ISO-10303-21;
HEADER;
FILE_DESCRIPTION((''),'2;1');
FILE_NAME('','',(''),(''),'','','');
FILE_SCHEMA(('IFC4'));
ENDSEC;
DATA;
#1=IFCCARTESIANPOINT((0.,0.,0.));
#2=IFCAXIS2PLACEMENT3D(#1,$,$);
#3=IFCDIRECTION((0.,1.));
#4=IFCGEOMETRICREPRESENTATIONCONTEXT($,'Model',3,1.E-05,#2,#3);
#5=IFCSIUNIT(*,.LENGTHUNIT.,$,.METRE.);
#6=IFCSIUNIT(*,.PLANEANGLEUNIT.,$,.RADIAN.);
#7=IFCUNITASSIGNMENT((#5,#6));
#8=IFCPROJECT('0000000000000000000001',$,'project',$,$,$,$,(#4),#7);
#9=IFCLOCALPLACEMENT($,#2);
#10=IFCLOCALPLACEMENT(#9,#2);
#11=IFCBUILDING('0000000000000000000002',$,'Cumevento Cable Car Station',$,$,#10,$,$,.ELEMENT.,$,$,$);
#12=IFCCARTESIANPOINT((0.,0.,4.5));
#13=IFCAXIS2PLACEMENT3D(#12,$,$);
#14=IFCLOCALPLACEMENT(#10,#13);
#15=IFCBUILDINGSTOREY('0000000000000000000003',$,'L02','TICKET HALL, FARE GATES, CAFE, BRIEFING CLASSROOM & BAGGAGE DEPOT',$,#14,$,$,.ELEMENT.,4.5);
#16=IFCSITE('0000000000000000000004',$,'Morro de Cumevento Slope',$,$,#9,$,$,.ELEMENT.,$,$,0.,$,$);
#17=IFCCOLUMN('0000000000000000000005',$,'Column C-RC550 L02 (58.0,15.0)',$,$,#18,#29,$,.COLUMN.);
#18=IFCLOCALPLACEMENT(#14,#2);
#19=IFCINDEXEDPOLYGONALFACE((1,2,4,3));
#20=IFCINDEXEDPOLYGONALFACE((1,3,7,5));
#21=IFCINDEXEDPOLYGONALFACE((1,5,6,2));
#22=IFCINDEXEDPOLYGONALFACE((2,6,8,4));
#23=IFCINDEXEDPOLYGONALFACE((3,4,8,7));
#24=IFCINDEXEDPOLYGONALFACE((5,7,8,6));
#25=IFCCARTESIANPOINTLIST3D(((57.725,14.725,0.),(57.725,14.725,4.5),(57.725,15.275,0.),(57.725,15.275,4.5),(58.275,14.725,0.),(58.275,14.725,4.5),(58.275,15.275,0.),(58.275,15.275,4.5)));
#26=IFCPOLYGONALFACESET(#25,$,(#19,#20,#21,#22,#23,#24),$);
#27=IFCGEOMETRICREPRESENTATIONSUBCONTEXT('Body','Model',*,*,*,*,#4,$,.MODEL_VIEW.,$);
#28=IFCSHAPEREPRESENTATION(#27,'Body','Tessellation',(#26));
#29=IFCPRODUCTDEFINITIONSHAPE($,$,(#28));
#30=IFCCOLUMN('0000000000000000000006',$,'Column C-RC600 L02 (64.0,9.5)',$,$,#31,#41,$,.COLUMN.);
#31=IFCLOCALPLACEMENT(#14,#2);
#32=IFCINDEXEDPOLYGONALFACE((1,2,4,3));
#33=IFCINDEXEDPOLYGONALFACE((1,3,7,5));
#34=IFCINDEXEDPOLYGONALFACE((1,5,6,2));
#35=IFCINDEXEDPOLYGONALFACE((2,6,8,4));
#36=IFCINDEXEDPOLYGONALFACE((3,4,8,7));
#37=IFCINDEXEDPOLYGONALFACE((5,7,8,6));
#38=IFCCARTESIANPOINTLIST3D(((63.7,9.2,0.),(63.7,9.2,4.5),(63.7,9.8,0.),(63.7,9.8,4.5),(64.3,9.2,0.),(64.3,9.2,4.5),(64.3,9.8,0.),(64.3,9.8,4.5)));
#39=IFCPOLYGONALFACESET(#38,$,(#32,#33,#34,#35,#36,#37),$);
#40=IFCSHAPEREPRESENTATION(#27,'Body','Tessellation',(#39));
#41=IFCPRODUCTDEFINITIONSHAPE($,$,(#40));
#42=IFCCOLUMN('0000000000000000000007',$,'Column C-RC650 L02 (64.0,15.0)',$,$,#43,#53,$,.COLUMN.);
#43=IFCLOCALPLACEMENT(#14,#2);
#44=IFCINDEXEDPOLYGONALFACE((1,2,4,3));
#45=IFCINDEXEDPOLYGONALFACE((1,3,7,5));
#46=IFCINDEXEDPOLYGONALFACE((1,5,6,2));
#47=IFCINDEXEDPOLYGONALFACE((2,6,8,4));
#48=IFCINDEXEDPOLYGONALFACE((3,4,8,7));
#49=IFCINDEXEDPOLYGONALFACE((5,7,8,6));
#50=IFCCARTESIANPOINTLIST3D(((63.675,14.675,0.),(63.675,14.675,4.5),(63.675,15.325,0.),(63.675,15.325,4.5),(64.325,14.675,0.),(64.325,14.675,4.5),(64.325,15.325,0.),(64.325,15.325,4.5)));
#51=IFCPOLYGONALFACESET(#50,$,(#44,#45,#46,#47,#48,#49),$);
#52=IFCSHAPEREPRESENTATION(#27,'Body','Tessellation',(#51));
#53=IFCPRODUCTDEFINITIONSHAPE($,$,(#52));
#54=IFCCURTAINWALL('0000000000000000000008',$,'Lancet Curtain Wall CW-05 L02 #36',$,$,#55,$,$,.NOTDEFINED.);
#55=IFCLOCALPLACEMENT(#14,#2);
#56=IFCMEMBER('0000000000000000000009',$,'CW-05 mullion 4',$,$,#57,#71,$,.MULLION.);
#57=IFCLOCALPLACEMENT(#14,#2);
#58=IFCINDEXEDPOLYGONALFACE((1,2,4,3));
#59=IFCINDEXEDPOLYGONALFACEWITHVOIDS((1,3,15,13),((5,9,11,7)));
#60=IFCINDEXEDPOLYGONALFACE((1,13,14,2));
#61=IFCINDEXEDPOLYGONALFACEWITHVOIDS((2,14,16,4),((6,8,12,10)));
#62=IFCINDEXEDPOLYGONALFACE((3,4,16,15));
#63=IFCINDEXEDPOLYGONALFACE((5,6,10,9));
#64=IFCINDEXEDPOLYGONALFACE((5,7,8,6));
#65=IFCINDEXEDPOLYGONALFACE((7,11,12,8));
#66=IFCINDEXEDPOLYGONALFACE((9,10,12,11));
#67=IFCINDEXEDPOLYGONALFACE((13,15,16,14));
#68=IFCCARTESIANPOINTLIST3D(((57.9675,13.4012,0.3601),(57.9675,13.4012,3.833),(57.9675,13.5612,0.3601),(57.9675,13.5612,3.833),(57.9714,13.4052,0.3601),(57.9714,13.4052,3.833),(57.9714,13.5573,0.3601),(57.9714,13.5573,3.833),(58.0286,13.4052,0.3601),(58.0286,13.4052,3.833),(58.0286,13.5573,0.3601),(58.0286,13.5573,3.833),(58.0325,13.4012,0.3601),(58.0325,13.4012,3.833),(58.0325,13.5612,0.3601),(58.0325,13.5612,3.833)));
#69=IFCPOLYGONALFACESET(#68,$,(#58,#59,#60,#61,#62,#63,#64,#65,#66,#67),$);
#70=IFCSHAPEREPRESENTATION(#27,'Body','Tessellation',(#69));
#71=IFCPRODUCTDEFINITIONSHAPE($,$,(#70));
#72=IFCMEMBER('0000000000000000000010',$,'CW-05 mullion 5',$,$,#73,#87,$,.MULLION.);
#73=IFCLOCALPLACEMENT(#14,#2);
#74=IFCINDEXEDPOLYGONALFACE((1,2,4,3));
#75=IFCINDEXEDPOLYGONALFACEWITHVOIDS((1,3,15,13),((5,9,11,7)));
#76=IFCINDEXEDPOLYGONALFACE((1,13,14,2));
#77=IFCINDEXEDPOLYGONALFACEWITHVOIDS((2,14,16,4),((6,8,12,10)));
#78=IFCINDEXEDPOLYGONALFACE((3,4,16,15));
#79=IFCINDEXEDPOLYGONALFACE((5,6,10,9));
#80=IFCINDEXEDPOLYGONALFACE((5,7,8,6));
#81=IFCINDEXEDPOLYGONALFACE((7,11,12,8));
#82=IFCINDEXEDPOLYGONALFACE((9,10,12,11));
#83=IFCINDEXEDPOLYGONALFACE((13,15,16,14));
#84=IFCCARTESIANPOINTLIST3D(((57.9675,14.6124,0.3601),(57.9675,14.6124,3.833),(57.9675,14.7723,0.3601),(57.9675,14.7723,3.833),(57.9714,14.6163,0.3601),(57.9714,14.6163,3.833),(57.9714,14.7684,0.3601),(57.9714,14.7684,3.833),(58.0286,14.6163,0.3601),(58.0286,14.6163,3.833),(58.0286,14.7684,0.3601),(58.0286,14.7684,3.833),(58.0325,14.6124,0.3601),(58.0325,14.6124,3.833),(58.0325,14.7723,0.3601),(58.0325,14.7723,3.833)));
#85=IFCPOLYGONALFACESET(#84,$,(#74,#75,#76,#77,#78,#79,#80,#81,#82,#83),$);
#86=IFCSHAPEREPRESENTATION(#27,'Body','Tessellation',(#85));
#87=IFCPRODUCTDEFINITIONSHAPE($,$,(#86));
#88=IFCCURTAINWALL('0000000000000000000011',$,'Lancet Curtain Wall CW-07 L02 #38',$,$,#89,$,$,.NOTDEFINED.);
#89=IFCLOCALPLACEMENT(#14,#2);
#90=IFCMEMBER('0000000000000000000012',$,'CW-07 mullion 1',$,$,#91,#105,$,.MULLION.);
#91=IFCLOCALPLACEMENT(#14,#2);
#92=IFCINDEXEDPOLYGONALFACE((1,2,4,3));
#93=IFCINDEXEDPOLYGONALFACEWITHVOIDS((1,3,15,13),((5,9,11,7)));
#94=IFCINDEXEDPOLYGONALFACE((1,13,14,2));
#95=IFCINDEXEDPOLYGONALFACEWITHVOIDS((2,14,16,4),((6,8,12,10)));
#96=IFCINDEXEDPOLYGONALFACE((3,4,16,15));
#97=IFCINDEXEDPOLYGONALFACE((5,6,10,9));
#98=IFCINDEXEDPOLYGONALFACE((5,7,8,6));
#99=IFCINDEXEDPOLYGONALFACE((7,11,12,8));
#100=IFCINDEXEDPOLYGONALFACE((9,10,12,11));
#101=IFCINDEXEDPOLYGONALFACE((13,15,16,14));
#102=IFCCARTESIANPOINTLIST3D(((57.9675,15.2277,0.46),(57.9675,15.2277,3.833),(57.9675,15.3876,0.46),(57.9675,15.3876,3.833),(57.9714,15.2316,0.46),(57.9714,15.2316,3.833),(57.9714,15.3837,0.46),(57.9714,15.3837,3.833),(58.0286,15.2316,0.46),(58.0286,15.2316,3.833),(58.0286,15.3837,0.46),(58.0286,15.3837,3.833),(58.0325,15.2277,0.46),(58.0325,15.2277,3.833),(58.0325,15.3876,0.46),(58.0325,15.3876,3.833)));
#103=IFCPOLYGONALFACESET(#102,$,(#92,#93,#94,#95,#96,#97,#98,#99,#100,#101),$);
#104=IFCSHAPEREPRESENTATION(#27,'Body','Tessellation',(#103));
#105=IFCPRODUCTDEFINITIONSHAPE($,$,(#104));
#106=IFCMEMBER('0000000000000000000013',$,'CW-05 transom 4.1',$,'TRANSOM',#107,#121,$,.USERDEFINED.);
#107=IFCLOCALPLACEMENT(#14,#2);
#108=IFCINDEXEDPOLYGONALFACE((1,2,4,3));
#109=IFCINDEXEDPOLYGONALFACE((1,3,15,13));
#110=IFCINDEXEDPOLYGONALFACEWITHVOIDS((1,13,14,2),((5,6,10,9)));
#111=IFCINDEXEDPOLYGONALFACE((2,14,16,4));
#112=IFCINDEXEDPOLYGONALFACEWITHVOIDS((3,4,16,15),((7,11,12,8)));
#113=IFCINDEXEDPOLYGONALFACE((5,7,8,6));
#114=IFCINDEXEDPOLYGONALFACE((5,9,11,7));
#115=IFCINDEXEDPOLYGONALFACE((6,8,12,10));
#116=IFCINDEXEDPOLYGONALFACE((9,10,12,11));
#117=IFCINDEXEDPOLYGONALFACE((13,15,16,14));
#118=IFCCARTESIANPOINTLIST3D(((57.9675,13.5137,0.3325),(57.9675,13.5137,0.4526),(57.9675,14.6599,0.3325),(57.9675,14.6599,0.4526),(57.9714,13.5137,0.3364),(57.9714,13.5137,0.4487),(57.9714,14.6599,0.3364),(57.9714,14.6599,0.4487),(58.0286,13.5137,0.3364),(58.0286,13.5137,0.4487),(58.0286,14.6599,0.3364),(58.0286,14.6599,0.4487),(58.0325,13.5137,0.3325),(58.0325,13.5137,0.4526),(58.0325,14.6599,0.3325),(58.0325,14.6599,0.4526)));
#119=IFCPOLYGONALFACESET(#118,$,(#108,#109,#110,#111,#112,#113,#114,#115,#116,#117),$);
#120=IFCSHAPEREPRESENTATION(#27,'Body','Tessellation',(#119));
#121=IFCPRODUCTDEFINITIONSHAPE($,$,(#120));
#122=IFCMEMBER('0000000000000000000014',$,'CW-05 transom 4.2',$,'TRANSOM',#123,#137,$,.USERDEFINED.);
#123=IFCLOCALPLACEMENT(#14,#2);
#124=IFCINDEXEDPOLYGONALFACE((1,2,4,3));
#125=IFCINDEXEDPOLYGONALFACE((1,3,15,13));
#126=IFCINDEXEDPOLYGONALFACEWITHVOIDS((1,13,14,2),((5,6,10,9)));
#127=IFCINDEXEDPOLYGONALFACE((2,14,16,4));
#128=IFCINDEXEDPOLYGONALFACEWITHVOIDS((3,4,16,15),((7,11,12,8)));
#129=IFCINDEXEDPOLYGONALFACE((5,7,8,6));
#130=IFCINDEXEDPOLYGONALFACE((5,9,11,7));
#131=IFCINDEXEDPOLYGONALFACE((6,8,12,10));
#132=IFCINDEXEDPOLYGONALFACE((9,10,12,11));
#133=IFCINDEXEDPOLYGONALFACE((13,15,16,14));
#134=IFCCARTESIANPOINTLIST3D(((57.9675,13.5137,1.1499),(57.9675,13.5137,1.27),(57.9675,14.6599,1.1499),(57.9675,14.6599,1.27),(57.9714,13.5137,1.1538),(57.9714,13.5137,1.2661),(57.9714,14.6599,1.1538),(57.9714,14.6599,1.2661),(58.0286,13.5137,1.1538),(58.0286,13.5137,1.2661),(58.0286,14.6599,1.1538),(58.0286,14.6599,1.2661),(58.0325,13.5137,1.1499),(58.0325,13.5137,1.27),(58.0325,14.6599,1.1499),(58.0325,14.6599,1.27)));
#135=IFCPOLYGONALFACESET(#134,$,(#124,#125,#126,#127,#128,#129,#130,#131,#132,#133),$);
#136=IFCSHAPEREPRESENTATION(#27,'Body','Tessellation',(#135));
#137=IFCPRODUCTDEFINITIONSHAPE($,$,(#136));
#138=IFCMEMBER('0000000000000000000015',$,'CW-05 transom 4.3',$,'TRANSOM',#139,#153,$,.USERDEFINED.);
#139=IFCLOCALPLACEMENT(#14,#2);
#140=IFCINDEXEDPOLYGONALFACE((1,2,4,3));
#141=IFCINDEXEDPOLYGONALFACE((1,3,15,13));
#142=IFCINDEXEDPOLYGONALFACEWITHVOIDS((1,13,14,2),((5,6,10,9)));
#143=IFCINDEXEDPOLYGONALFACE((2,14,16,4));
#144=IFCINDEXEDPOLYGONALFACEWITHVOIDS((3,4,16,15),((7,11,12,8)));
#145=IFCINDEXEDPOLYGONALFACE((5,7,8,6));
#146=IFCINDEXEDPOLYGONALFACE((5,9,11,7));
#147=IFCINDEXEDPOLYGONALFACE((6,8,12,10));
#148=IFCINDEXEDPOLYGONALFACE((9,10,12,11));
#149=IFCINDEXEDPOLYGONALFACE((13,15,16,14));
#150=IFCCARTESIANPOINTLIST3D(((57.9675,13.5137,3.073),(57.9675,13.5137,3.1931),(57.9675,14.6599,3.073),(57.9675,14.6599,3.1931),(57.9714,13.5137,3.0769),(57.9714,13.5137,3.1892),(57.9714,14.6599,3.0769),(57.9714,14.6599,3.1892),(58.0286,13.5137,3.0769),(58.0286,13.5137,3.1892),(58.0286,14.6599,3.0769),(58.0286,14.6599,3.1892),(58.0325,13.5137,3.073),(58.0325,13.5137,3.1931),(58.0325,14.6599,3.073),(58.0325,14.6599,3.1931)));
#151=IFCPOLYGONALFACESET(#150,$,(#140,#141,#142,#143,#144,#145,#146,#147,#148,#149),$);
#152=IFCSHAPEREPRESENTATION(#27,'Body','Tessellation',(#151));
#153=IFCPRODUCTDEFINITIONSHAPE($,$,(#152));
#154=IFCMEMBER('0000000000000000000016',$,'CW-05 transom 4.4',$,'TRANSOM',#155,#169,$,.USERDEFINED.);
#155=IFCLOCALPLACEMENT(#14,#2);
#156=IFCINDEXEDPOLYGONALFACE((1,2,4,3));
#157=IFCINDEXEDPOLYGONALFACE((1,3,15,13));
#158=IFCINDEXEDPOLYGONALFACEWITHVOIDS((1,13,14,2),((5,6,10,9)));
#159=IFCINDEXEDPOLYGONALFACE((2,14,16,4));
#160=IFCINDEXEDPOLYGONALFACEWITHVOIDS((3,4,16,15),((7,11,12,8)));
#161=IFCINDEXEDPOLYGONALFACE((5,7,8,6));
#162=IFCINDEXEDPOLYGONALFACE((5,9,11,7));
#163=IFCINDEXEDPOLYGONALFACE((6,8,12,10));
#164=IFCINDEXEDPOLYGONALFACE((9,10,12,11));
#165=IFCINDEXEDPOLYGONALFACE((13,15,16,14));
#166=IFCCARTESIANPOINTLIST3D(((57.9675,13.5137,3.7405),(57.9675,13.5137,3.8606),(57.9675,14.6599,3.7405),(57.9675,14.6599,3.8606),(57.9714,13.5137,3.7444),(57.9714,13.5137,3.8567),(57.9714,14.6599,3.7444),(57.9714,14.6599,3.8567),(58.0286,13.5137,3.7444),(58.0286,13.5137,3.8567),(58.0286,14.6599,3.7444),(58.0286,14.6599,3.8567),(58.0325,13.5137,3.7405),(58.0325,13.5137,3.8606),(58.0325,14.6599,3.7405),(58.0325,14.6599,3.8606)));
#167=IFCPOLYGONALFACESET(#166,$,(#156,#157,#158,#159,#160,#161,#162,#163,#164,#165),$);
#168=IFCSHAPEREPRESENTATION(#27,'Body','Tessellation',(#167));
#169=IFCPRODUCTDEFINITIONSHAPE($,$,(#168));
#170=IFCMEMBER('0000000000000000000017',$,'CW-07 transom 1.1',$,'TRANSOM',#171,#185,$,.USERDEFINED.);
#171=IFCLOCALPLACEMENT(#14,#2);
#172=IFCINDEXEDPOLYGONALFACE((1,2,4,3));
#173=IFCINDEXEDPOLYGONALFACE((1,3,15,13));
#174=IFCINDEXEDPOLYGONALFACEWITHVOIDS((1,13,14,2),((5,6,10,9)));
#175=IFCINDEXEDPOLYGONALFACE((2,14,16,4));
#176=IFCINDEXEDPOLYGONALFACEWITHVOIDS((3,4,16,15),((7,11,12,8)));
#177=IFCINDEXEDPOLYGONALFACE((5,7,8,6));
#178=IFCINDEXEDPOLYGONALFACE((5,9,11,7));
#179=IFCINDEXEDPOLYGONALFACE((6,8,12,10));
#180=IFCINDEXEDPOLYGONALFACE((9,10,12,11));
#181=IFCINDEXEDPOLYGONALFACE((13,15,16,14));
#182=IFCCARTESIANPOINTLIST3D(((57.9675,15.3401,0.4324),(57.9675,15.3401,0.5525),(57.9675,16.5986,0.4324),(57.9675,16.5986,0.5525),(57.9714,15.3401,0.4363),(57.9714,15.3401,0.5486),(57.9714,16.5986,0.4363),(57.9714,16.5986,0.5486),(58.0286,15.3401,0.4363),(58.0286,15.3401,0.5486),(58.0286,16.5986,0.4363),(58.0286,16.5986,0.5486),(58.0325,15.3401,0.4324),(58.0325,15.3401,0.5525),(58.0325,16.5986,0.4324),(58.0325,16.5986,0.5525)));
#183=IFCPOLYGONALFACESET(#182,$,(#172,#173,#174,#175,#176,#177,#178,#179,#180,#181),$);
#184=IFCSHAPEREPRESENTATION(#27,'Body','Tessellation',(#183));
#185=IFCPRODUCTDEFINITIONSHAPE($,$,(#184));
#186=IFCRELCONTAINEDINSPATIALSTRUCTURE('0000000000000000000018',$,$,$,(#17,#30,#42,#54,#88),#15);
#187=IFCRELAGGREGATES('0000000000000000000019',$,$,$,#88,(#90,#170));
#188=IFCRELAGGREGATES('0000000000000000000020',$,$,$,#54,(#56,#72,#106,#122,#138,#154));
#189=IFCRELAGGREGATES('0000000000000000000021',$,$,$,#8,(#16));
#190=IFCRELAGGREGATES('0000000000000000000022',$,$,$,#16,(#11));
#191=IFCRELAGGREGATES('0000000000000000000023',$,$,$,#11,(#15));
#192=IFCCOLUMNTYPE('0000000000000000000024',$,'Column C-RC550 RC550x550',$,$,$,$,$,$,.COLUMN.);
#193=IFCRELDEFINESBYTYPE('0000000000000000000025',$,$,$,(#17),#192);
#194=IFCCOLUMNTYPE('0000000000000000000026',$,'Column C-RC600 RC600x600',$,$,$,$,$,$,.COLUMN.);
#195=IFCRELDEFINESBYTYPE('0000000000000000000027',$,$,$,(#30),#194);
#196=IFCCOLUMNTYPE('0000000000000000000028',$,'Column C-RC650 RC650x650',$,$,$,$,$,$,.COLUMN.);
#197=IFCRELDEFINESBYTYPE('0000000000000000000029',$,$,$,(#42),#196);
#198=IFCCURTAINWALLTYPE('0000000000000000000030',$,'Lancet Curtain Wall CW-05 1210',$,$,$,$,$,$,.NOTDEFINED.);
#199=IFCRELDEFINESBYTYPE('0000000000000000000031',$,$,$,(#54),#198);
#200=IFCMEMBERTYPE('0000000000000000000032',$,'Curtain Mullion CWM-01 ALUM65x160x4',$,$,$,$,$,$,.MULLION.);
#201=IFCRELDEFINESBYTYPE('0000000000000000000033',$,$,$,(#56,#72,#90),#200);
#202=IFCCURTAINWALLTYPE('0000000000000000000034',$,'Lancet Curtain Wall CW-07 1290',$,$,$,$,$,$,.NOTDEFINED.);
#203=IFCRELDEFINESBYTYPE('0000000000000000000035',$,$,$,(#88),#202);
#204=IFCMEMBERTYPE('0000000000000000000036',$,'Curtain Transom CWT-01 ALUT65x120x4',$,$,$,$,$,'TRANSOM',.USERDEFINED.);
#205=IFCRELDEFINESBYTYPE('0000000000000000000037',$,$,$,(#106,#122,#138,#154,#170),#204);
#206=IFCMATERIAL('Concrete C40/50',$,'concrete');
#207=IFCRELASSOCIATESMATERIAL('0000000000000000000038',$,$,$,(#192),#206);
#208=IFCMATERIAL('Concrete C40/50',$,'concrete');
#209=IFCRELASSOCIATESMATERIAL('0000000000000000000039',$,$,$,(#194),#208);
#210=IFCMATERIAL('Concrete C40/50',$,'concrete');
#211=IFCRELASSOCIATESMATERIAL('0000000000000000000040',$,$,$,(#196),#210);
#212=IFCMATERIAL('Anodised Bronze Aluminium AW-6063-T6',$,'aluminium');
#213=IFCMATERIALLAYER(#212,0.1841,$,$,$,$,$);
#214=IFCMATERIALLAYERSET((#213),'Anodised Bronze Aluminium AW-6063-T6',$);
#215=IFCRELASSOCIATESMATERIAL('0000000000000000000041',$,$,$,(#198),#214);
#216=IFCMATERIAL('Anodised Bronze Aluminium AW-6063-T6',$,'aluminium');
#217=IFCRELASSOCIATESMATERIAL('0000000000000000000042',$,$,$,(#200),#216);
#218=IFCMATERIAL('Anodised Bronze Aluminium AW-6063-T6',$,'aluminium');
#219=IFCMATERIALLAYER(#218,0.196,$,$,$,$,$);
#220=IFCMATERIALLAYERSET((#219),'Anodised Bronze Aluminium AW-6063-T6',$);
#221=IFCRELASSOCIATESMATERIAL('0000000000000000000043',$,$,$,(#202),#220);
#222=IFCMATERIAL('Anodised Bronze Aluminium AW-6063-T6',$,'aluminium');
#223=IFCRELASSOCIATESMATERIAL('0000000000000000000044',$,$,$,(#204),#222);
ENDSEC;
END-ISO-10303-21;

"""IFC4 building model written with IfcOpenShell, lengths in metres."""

from ifc_helpers import new_model, si_unit, direction, frame, origin, origin_2d, place, context, subcontext, project, spatial, rectangle, hollow_rectangle, extrude, material, layer, layer_set, material_profile, profile_set, type_object, element, aggregate, save


model = new_model("IFC4")

# Units and contexts
model_context = context("Model", 3, precision=1e-05, world=origin(), true_north=direction((0.0, 1.0)))
body_context = subcontext(model_context, "Body", "Model", "MODEL_VIEW")
ifc_project = project(units=[si_unit("LENGTHUNIT", "METRE"), si_unit("PLANEANGLEUNIT", "RADIAN")], contexts=[model_context])

# Site, building, storey
site_placement = place(None, origin())
site = spatial("IfcSite", under=ifc_project, at=site_placement, Name="Morro de Cumevento Slope", CompositionType="ELEMENT", RefElevation=0.0)
building_placement = place(site_placement, origin())
building = spatial("IfcBuilding", under=site, at=building_placement, Name="Cumevento Cable Car Station", CompositionType="ELEMENT")
storey_placement = place(building_placement, frame((0.0, 0.0, 4.5)))
storey = spatial("IfcBuildingStorey", under=building, at=storey_placement, Name="L02", Description="TICKET HALL, FARE GATES, CAFE, BRIEFING CLASSROOM & BAGGAGE DEPOT", CompositionType="ELEMENT", Elevation=4.5)

# Columns
ifc_material_1 = material(Name="Concrete C40/50", Category="concrete")
ifc_material_profile_1 = material_profile(ifc_material_1, rectangle(XDim=0.55, YDim=0.55, at=origin_2d()), Name="RC550x550")
ifc_profile_set_1 = profile_set([ifc_material_profile_1], Name="Concrete C40/50")
column_type_1 = type_object("IfcColumnType", Name="Column C-RC550 RC550x550", PredefinedType="COLUMN", material=ifc_profile_set_1)
column_1_placement = place(storey_placement, frame((58.0, 15.0, 0.0), z_axis=(0.0, 0.0, 1.0), x_axis=(1.0, 0.0, 0.0)))
element("IfcColumn", 1, at=column_1_placement, inside=storey, type_object=column_type_1, Name="Column C-RC550 L02 (58.0,15.0)", PredefinedType="COLUMN", context=body_context, shape_type="SweptSolid", body=[
    extrude(rectangle(XDim=0.55, YDim=0.55, at=origin_2d()), origin(), (0.0, 0.0, 1.0), 4.5),
])
ifc_material_2 = material(Name="Concrete C40/50", Category="concrete")
ifc_material_profile_2 = material_profile(ifc_material_2, rectangle(XDim=0.6001, YDim=0.6001, at=origin_2d()), Name="RC600x600")
ifc_profile_set_2 = profile_set([ifc_material_profile_2], Name="Concrete C40/50")
column_type_2 = type_object("IfcColumnType", Name="Column C-RC600 RC600x600", PredefinedType="COLUMN", material=ifc_profile_set_2)
column_2_placement = place(storey_placement, frame((64.0, 9.5, 0.0), z_axis=(0.0, 0.0, 1.0), x_axis=(1.0, 0.0, 0.0)))
element("IfcColumn", 2, at=column_2_placement, inside=storey, type_object=column_type_2, Name="Column C-RC600 L02 (64.0,9.5)", PredefinedType="COLUMN", context=body_context, shape_type="SweptSolid", body=[
    extrude(rectangle(XDim=0.6001, YDim=0.6001, at=origin_2d()), origin(), (0.0, 0.0, 1.0), 4.5),
])
ifc_material_3 = material(Name="Concrete C40/50", Category="concrete")
ifc_material_profile_3 = material_profile(ifc_material_3, rectangle(XDim=0.6499, YDim=0.6499, at=origin_2d()), Name="RC650x650")
ifc_profile_set_3 = profile_set([ifc_material_profile_3], Name="Concrete C40/50")
column_type_3 = type_object("IfcColumnType", Name="Column C-RC650 RC650x650", PredefinedType="COLUMN", material=ifc_profile_set_3)
column_3_placement = place(storey_placement, frame((64.0, 15.0, 0.0), z_axis=(0.0, 0.0, 1.0), x_axis=(1.0, 0.0, 0.0)))
element("IfcColumn", 3, at=column_3_placement, inside=storey, type_object=column_type_3, Name="Column C-RC650 L02 (64.0,15.0)", PredefinedType="COLUMN", context=body_context, shape_type="SweptSolid", body=[
    extrude(rectangle(XDim=0.6499, YDim=0.6499, at=origin_2d()), origin(), (0.0, 0.0, 1.0), 4.5),
])

# Curtain wall, members
ifc_material_4 = material(Name="Anodised Bronze Aluminium AW-6063-T6", Category="aluminium")
ifc_layer_1 = layer(ifc_material_4, 0.1841)
ifc_layer_set_1 = layer_set([ifc_layer_1], Name="Anodised Bronze Aluminium AW-6063-T6")
curtain_wall_type_1 = type_object("IfcCurtainWallType", Name="Lancet Curtain Wall CW-05 1210", PredefinedType="NOTDEFINED", material=ifc_layer_set_1)
curtain_wall_1_placement = place(storey_placement, origin())
curtain_wall_1 = element("IfcCurtainWall", 4, at=curtain_wall_1_placement, inside=storey, type_object=curtain_wall_type_1, Name="Lancet Curtain Wall CW-05 L02 #36", PredefinedType="NOTDEFINED")
ifc_material_5 = material(Name="Anodised Bronze Aluminium AW-6063-T6", Category="aluminium")
ifc_material_profile_4 = material_profile(ifc_material_5, hollow_rectangle(XDim=0.0649, YDim=0.1599, WallThickness=0.0039, at=origin_2d()), Name="ALUM65x160x4")
ifc_profile_set_4 = profile_set([ifc_material_profile_4], Name="Anodised Bronze Aluminium AW-6063-T6")
member_type_1 = type_object("IfcMemberType", Name="Curtain Mullion CWM-01 ALUM65x160x4", PredefinedType="MULLION", material=ifc_profile_set_4)
member_1_placement = place(storey_placement, frame((58.0, 13.4812, 0.3601), z_axis=(0.0, 0.0, 1.0), x_axis=(-1.0, 0.0, 0.0)))
member_1 = element("IfcMember", 5, at=member_1_placement, type_object=member_type_1, Name="CW-05 mullion 4", PredefinedType="MULLION", context=body_context, shape_type="SweptSolid", body=[
    extrude(hollow_rectangle(XDim=0.0649, YDim=0.1599, WallThickness=0.0039, at=origin_2d()), origin(), (0.0, 0.0, 1.0), 3.4729),
])
member_2_placement = place(storey_placement, frame((58.0, 14.6924, 0.3601), z_axis=(0.0, 0.0, 1.0), x_axis=(-1.0, 0.0, 0.0)))
member_2 = element("IfcMember", 6, at=member_2_placement, type_object=member_type_1, Name="CW-05 mullion 5", PredefinedType="MULLION", context=body_context, shape_type="SweptSolid", body=[
    extrude(hollow_rectangle(XDim=0.0649, YDim=0.1599, WallThickness=0.0039, at=origin_2d()), origin(), (0.0, 0.0, 1.0), 3.4729),
])

# Curtain wall, member
ifc_material_6 = material(Name="Anodised Bronze Aluminium AW-6063-T6", Category="aluminium")
ifc_layer_2 = layer(ifc_material_6, 0.196)
ifc_layer_set_2 = layer_set([ifc_layer_2], Name="Anodised Bronze Aluminium AW-6063-T6")
curtain_wall_type_2 = type_object("IfcCurtainWallType", Name="Lancet Curtain Wall CW-07 1290", PredefinedType="NOTDEFINED", material=ifc_layer_set_2)
curtain_wall_2_placement = place(storey_placement, origin())
curtain_wall_2 = element("IfcCurtainWall", 7, at=curtain_wall_2_placement, inside=storey, type_object=curtain_wall_type_2, Name="Lancet Curtain Wall CW-07 L02 #38", PredefinedType="NOTDEFINED")
member_3_placement = place(storey_placement, frame((58.0, 15.3076, 0.46), z_axis=(0.0, 0.0, 1.0), x_axis=(-1.0, 0.0, 0.0)))
member_3 = element("IfcMember", 8, at=member_3_placement, type_object=member_type_1, Name="CW-07 mullion 1", PredefinedType="MULLION", context=body_context, shape_type="SweptSolid", body=[
    extrude(hollow_rectangle(XDim=0.0649, YDim=0.1599, WallThickness=0.0039, at=origin_2d()), origin(), (0.0, 0.0, 1.0), 3.373),
])

# Members
ifc_material_7 = material(Name="Anodised Bronze Aluminium AW-6063-T6", Category="aluminium")
ifc_material_profile_5 = material_profile(ifc_material_7, hollow_rectangle(XDim=0.0649, YDim=0.1201, WallThickness=0.0039, at=origin_2d()), Name="ALUT65x120x4")
ifc_profile_set_5 = profile_set([ifc_material_profile_5], Name="Anodised Bronze Aluminium AW-6063-T6")
member_type_2 = type_object("IfcMemberType", Name="Curtain Transom CWT-01 ALUT65x120x4", ElementType="TRANSOM", PredefinedType="USERDEFINED", material=ifc_profile_set_5)
member_4_placement = place(storey_placement, frame((58.0, 13.5137, 0.3926), z_axis=(0.0, 1.0, 0.0), x_axis=(-1.0, 0.0, 0.0)))
member_4 = element("IfcMember", 9, at=member_4_placement, type_object=member_type_2, Name="CW-05 transom 4.1", ObjectType="TRANSOM", PredefinedType="USERDEFINED", context=body_context, shape_type="SweptSolid", body=[
    extrude(hollow_rectangle(XDim=0.0649, YDim=0.1201, WallThickness=0.0039, at=origin_2d()), origin(), (0.0, 0.0, 1.0), 1.1462),
])
member_5_placement = place(storey_placement, frame((58.0, 13.5137, 1.21), z_axis=(0.0, 1.0, 0.0), x_axis=(-1.0, 0.0, 0.0)))
member_5 = element("IfcMember", 10, at=member_5_placement, type_object=member_type_2, Name="CW-05 transom 4.2", ObjectType="TRANSOM", PredefinedType="USERDEFINED", context=body_context, shape_type="SweptSolid", body=[
    extrude(hollow_rectangle(XDim=0.0649, YDim=0.1201, WallThickness=0.0039, at=origin_2d()), origin(), (0.0, 0.0, 1.0), 1.1462),
])
member_6_placement = place(storey_placement, frame((58.0, 13.5137, 3.1331), z_axis=(0.0, 1.0, 0.0), x_axis=(-1.0, 0.0, 0.0)))
member_6 = element("IfcMember", 11, at=member_6_placement, type_object=member_type_2, Name="CW-05 transom 4.3", ObjectType="TRANSOM", PredefinedType="USERDEFINED", context=body_context, shape_type="SweptSolid", body=[
    extrude(hollow_rectangle(XDim=0.0649, YDim=0.1201, WallThickness=0.0039, at=origin_2d()), origin(), (0.0, 0.0, 1.0), 1.1462),
])
member_7_placement = place(storey_placement, frame((58.0, 13.5137, 3.8005), z_axis=(0.0, 1.0, 0.0), x_axis=(-1.0, 0.0, 0.0)))
member_7 = element("IfcMember", 12, at=member_7_placement, type_object=member_type_2, Name="CW-05 transom 4.4", ObjectType="TRANSOM", PredefinedType="USERDEFINED", context=body_context, shape_type="SweptSolid", body=[
    extrude(hollow_rectangle(XDim=0.0649, YDim=0.1201, WallThickness=0.0039, at=origin_2d()), origin(), (0.0, 0.0, 1.0), 1.1462),
])
member_8_placement = place(storey_placement, frame((58.0, 15.3401, 0.4924), z_axis=(0.0, 1.0, 0.0), x_axis=(-1.0, 0.0, 0.0)))
member_8 = element("IfcMember", 13, at=member_8_placement, type_object=member_type_2, Name="CW-07 transom 1.1", ObjectType="TRANSOM", PredefinedType="USERDEFINED", context=body_context, shape_type="SweptSolid", body=[
    extrude(hollow_rectangle(XDim=0.0649, YDim=0.1201, WallThickness=0.0039, at=origin_2d()), origin(), (0.0, 0.0, 1.0), 1.2585),
])
aggregate(curtain_wall_2, [member_3, member_8])

aggregate(curtain_wall_1, [member_1, member_2, member_4, member_5, member_6, member_7])

save(model, "model.ifc")
